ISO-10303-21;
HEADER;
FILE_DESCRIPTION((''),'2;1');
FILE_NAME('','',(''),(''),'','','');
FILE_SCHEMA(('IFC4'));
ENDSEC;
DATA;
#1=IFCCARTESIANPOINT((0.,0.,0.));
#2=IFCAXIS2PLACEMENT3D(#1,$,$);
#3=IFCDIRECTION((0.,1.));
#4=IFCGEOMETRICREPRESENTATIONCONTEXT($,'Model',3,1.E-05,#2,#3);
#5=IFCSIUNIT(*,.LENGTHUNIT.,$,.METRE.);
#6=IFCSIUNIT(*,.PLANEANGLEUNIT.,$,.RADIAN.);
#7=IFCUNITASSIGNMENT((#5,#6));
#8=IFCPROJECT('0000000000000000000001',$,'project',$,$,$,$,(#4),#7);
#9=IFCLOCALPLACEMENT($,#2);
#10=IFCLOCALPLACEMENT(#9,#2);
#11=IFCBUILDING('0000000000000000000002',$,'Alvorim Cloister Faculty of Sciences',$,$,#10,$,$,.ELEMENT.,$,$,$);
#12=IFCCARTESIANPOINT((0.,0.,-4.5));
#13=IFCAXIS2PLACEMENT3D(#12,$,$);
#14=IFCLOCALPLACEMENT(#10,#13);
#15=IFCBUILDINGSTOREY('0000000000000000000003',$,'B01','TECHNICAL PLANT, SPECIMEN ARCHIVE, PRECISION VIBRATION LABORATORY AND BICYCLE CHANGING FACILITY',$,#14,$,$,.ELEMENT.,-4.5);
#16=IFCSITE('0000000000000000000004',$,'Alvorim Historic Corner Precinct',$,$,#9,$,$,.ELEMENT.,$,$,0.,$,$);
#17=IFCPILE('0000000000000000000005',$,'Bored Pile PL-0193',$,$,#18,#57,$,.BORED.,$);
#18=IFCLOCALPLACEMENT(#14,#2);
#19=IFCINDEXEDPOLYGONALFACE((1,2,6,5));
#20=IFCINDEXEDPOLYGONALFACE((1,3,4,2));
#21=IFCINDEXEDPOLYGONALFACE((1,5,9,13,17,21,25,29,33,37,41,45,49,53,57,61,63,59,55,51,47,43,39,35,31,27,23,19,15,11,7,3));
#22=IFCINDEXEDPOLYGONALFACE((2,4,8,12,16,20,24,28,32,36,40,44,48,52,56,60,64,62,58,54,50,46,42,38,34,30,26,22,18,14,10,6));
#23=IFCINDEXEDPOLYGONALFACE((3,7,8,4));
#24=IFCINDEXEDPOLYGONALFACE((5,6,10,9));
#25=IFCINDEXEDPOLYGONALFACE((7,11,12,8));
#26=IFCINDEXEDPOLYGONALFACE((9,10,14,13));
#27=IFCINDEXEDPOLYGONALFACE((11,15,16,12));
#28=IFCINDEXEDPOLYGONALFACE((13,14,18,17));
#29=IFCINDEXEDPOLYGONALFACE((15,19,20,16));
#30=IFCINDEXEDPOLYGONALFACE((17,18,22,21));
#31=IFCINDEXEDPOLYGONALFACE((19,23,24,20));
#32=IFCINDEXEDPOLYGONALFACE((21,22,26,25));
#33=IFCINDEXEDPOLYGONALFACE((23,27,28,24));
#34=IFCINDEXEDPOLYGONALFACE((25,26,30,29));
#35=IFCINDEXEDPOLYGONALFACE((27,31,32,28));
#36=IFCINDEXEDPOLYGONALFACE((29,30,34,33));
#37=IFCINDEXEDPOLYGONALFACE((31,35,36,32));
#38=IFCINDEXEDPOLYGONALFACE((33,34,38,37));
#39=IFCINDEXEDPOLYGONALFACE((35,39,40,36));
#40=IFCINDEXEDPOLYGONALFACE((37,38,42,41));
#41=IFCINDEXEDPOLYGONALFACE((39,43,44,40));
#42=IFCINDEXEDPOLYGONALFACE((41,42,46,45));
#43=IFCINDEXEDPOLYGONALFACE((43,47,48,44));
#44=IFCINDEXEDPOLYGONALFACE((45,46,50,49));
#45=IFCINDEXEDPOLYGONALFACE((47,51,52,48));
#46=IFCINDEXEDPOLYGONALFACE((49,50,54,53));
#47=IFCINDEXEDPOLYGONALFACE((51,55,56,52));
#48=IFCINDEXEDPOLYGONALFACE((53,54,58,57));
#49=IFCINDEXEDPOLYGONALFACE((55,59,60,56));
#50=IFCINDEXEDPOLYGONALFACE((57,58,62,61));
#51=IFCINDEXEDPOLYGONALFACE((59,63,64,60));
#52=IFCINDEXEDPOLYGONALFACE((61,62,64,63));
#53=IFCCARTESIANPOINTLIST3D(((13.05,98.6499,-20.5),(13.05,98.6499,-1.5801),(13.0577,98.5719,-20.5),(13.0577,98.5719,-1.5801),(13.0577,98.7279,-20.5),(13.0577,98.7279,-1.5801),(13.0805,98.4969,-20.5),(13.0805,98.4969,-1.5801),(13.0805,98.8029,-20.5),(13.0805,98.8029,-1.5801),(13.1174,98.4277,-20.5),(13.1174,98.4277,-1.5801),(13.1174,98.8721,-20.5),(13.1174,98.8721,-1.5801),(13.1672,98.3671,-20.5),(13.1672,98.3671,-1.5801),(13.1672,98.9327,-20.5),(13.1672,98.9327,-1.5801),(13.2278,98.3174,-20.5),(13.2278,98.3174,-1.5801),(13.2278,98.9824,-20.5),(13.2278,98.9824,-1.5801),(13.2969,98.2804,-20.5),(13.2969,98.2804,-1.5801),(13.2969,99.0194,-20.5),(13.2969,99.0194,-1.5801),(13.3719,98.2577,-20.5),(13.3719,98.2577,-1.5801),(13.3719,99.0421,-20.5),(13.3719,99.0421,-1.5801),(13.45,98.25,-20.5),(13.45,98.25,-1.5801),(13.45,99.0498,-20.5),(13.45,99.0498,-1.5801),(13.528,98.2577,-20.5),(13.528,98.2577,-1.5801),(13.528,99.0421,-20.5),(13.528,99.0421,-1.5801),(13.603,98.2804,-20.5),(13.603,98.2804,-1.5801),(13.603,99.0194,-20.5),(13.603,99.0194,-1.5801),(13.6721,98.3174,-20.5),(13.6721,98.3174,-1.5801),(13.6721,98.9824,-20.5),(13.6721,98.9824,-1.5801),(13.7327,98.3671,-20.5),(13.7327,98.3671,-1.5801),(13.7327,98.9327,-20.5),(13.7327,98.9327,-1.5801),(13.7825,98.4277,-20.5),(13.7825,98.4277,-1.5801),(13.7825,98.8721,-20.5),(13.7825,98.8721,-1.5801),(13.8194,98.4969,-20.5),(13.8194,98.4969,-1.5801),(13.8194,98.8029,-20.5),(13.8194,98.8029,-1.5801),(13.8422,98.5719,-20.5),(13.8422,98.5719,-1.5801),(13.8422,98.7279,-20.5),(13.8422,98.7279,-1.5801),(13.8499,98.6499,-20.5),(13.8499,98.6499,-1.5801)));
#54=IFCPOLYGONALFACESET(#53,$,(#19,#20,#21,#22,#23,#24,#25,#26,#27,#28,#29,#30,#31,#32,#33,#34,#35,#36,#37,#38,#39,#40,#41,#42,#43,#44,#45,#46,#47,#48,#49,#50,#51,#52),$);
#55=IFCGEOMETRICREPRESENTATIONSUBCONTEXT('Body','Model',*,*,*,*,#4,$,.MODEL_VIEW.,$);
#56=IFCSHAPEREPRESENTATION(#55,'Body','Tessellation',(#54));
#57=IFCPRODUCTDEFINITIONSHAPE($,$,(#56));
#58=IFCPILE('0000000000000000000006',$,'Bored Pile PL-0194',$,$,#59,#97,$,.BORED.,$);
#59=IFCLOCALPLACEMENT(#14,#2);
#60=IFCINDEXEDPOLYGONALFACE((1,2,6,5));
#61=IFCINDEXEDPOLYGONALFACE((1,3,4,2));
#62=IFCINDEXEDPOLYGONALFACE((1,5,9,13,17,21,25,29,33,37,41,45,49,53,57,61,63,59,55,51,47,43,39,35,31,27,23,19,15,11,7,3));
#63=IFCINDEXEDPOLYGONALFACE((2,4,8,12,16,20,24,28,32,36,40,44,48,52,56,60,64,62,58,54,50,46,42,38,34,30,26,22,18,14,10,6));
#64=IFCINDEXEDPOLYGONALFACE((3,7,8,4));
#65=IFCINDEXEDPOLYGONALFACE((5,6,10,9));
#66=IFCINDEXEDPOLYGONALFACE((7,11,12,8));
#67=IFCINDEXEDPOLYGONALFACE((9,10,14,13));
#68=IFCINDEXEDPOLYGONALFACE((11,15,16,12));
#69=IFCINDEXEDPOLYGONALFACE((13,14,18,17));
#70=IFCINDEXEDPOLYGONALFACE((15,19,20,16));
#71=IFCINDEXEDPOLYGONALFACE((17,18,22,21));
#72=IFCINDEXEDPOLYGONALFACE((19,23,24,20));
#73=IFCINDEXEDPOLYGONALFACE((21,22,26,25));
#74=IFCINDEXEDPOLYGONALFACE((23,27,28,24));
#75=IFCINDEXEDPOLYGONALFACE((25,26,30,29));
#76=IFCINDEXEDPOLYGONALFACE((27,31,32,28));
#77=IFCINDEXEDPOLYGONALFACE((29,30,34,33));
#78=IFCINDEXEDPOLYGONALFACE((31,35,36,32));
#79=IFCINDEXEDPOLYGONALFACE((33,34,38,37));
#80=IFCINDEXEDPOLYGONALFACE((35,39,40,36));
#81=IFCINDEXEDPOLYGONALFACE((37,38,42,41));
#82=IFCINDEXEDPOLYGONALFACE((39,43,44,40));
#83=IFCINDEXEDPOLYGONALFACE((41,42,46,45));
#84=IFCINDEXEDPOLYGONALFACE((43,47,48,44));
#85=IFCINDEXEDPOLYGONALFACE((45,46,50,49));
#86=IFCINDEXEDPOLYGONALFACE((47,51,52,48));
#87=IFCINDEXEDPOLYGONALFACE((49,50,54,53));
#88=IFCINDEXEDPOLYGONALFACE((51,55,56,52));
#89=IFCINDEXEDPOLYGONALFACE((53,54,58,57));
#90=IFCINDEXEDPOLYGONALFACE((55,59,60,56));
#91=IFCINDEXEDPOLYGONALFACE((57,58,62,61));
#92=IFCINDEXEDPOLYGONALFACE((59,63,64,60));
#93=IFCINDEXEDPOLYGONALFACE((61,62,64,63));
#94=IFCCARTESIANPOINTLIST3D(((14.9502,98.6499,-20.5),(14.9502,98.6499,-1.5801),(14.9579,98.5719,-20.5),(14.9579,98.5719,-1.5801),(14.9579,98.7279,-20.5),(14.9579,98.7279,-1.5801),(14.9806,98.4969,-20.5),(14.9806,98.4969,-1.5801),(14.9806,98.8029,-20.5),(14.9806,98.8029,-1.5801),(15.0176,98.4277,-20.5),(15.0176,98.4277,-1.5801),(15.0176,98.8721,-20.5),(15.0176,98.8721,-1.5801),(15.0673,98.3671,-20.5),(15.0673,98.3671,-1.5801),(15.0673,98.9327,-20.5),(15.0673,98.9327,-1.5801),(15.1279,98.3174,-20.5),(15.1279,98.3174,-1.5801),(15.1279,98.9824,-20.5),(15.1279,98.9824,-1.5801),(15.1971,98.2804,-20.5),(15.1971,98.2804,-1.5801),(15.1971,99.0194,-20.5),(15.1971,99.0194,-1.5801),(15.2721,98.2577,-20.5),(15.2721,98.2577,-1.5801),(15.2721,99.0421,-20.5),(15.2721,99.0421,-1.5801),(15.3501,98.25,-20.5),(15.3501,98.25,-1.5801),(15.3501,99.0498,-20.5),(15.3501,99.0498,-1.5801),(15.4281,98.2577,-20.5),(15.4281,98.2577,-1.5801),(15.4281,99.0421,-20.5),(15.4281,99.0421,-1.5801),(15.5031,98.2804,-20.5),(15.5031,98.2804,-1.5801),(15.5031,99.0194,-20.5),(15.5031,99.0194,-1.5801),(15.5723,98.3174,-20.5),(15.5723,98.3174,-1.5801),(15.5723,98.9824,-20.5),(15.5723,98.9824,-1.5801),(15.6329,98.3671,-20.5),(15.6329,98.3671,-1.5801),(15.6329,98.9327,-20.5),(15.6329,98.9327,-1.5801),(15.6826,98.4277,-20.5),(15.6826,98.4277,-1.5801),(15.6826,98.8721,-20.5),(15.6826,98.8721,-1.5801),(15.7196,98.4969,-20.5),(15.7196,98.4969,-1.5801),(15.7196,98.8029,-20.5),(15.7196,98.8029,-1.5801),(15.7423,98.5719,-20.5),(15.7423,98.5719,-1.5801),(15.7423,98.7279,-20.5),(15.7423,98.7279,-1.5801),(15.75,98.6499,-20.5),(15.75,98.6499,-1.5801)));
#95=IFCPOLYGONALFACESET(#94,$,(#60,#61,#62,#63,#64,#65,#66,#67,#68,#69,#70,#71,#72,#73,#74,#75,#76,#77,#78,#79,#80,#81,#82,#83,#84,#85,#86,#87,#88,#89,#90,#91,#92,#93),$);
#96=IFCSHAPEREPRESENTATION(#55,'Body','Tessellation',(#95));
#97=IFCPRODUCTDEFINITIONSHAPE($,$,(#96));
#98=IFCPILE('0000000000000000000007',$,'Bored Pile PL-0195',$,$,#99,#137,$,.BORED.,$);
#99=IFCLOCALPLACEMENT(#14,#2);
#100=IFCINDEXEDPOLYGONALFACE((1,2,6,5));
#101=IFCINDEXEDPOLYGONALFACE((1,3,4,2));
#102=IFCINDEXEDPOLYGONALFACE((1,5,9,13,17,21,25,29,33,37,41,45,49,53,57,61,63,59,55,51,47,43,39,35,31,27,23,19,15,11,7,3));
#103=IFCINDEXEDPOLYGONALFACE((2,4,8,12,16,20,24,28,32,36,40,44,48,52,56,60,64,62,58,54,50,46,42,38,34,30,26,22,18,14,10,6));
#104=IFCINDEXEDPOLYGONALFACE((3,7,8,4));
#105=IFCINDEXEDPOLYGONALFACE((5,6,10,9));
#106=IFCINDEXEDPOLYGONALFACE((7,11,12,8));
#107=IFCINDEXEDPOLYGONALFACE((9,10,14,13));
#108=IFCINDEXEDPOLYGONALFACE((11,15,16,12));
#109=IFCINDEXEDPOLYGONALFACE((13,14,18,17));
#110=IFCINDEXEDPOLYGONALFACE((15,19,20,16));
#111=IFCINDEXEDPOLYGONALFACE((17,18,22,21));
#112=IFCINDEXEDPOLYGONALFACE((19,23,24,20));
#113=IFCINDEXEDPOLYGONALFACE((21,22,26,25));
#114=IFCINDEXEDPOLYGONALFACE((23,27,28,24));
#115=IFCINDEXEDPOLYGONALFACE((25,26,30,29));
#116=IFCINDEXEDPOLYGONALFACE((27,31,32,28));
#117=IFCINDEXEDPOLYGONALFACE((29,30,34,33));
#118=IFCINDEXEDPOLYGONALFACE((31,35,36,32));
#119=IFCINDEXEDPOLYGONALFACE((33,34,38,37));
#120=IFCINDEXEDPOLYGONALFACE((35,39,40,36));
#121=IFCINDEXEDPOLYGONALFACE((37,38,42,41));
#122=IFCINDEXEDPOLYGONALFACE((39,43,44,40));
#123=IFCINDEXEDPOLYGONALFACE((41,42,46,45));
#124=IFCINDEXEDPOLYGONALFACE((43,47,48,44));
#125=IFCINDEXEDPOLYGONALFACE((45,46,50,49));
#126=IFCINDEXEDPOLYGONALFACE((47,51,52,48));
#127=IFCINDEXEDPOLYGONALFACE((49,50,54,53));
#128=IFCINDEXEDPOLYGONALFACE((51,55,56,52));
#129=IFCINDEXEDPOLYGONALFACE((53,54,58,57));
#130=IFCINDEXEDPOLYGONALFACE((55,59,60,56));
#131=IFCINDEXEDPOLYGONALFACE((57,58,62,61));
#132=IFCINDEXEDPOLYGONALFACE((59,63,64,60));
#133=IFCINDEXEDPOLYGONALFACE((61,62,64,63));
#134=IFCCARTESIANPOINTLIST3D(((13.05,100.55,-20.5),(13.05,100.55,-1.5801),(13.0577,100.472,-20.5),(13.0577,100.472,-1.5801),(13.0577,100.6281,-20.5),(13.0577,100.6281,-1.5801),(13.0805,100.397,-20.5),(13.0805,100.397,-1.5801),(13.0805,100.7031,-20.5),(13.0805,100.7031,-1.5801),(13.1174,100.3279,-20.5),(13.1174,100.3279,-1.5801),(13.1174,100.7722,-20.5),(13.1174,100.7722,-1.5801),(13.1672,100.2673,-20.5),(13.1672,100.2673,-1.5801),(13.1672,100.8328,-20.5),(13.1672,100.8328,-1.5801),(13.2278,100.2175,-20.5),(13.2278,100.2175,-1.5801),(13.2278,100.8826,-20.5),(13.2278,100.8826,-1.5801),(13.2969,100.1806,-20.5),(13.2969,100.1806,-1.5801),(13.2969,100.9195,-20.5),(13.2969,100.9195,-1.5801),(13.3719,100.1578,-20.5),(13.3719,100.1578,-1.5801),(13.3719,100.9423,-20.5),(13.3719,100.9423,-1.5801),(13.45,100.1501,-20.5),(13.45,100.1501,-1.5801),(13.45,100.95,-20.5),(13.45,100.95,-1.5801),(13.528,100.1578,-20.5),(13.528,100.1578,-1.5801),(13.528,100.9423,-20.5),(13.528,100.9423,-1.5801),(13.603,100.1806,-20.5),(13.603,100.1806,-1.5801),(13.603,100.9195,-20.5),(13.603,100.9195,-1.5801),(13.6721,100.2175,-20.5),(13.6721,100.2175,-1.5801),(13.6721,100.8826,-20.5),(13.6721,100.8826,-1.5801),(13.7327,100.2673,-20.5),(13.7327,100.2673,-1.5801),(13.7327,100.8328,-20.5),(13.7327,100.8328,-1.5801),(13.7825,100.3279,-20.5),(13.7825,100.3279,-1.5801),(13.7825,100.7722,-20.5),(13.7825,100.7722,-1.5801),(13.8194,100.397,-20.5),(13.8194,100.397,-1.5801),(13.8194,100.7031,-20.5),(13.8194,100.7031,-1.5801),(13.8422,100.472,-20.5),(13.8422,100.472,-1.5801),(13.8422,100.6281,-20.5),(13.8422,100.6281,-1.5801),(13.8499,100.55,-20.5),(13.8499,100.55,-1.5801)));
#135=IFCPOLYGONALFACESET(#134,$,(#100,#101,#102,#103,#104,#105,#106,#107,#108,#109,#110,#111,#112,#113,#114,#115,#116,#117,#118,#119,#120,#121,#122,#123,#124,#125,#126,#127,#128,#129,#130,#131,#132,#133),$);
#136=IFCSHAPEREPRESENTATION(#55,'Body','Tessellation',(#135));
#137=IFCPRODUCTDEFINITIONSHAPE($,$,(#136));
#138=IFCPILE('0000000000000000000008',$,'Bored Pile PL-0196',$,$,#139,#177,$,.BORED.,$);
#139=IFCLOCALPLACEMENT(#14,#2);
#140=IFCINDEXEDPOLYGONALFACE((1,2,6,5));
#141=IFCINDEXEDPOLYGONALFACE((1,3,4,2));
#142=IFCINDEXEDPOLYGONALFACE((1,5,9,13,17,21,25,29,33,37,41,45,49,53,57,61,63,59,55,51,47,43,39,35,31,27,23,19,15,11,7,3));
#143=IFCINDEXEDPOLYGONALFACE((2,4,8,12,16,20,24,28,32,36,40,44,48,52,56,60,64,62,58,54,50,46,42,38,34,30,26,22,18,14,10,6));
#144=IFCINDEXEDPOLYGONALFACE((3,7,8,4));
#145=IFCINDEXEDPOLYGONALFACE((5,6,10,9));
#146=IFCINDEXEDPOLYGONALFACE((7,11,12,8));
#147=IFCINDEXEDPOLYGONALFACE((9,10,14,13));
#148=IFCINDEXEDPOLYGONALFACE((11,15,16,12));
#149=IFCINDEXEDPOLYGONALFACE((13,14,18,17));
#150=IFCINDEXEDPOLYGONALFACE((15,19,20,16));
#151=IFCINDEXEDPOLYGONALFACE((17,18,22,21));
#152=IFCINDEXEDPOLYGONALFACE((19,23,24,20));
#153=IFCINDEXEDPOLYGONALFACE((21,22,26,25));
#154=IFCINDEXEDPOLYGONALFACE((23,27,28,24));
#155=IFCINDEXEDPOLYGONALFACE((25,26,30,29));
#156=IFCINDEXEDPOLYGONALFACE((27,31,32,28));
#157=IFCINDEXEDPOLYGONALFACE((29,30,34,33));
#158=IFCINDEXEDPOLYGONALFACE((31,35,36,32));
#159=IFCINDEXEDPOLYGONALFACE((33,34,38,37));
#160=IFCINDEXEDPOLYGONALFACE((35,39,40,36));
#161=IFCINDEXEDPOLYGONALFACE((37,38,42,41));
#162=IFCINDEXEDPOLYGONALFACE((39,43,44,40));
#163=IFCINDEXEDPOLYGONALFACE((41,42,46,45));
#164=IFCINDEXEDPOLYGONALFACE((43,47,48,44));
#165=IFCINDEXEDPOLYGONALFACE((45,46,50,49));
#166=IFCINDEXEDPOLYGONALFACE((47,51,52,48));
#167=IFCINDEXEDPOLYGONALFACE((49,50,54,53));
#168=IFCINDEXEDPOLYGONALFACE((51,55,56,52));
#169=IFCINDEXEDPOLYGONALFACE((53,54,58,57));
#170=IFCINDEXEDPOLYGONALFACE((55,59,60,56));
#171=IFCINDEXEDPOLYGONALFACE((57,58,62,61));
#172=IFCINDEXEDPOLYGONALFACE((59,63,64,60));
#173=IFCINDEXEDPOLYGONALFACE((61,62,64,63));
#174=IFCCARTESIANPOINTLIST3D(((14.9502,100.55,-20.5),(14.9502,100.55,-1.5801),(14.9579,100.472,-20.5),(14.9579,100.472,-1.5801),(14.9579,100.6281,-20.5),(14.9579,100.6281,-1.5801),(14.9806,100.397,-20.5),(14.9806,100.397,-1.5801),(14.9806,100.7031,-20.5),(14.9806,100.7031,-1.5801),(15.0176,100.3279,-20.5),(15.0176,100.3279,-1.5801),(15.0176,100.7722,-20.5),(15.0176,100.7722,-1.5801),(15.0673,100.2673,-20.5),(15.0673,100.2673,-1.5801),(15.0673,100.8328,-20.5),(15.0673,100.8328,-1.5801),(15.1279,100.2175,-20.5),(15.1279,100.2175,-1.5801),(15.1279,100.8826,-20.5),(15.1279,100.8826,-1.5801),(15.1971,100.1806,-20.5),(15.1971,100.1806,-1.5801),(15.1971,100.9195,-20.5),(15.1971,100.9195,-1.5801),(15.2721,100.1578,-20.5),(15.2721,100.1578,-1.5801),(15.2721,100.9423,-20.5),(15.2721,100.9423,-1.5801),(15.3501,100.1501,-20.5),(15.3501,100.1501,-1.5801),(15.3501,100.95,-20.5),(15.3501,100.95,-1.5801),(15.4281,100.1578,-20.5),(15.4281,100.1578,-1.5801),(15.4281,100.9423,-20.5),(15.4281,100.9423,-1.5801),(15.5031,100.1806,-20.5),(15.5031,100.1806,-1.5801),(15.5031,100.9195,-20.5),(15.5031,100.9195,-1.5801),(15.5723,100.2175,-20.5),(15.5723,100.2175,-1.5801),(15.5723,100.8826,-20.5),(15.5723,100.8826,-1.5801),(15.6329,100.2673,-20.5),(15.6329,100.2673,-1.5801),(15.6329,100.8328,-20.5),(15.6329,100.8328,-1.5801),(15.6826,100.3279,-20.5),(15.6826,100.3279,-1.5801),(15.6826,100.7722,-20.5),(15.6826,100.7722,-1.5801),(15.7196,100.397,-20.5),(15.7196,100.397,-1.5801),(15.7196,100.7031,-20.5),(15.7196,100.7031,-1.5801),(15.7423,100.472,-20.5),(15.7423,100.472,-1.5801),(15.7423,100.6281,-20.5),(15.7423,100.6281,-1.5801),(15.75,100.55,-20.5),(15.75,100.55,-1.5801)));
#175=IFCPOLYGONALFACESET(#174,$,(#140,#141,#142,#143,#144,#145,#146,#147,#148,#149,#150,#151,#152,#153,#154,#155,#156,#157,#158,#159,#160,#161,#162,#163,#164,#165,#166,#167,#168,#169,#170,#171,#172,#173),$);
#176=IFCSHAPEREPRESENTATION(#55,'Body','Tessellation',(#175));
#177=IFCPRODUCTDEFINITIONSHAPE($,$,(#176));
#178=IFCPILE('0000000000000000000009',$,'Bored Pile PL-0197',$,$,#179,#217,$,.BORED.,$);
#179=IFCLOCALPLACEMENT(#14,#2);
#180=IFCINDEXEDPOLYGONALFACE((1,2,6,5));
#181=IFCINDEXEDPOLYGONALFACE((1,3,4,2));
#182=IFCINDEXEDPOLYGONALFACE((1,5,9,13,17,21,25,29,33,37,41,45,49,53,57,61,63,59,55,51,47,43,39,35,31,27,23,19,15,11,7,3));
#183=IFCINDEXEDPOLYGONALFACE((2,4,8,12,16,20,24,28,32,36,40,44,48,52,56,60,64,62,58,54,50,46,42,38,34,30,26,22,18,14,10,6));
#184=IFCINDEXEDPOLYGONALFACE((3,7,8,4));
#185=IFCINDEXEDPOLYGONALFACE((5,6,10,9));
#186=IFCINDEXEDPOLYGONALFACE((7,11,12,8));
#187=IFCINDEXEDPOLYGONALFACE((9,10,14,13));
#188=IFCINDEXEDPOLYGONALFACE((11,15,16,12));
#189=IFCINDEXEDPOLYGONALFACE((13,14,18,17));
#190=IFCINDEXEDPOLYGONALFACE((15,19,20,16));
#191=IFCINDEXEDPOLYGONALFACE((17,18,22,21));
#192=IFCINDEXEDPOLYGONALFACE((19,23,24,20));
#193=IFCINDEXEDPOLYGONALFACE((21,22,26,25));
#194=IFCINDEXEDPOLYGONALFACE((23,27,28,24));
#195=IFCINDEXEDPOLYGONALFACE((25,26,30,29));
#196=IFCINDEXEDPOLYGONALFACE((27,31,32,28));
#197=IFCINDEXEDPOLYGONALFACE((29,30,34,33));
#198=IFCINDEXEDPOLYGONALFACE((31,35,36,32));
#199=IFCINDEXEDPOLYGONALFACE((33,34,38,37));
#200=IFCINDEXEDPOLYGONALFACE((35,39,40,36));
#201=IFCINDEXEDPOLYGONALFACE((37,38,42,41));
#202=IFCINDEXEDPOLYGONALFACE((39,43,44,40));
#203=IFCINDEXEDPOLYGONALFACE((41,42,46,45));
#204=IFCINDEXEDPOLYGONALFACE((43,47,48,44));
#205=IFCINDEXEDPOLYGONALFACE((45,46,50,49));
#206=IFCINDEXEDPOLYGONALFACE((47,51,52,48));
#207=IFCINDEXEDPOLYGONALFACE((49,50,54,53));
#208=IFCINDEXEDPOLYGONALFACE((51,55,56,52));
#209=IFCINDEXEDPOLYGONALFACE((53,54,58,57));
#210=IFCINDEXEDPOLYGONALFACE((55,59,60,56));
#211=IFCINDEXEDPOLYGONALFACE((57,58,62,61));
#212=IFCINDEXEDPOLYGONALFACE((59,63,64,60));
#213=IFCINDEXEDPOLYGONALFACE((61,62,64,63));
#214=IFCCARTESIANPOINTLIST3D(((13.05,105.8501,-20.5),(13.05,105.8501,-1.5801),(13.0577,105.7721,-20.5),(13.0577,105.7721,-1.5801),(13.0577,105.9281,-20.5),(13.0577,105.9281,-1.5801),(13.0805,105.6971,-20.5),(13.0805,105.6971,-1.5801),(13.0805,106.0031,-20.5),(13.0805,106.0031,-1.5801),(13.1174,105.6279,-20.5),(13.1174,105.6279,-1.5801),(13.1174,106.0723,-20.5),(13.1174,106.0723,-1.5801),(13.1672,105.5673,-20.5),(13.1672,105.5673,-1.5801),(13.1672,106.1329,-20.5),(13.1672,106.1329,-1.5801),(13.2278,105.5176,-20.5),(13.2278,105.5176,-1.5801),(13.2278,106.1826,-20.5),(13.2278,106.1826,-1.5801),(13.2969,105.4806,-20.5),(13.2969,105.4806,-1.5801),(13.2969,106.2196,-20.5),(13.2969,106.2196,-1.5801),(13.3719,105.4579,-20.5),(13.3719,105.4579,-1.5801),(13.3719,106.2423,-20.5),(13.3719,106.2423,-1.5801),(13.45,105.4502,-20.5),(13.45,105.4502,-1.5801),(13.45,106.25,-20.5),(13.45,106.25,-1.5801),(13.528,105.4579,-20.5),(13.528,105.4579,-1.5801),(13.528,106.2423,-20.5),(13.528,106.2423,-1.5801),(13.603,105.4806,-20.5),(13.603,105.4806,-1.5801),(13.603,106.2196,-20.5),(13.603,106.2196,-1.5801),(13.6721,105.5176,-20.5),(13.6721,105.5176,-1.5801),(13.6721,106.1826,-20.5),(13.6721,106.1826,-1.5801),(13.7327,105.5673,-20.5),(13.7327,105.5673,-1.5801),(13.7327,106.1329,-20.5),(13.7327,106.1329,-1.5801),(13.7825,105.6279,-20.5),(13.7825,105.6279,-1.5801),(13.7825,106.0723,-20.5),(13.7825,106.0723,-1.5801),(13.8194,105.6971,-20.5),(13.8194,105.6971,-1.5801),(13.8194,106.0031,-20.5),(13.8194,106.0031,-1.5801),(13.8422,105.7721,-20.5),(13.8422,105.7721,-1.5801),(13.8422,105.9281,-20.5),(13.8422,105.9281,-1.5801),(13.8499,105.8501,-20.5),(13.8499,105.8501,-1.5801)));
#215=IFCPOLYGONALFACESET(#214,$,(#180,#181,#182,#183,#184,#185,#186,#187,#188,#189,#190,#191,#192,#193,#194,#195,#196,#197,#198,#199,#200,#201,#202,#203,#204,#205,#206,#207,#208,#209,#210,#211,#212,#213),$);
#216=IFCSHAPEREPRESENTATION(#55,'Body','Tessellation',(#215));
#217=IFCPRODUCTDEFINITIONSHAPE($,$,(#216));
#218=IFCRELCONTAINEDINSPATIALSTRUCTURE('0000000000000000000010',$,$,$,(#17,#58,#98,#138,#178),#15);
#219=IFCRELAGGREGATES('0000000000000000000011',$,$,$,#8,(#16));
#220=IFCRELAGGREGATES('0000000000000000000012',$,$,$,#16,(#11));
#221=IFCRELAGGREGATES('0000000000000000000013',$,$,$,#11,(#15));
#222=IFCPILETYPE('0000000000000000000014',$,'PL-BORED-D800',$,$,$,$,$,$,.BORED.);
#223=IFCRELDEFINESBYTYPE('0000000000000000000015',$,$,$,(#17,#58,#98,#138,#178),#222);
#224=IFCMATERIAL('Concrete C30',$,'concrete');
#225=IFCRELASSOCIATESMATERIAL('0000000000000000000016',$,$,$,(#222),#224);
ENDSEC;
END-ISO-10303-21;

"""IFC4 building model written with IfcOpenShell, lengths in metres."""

from ifc_helpers import new_model, si_unit, direction, frame, origin, origin_2d, place, context, subcontext, project, spatial, circle, extrude, material, material_profile, profile_set, type_object, element, save


model = new_model("IFC4")

# Units and contexts
model_context = context("Model", 3, precision=1e-05, world=origin(), true_north=direction((0.0, 1.0)))
body_context = subcontext(model_context, "Body", "Model", "MODEL_VIEW")
ifc_project = project(units=[si_unit("LENGTHUNIT", "METRE"), si_unit("PLANEANGLEUNIT", "RADIAN")], contexts=[model_context])

# Site, building, storey
site_placement = place(None, origin())
site = spatial("IfcSite", under=ifc_project, at=site_placement, Name="Alvorim Historic Corner Precinct", CompositionType="ELEMENT", RefElevation=0.0)
building_placement = place(site_placement, origin())
building = spatial("IfcBuilding", under=site, at=building_placement, Name="Alvorim Cloister Faculty of Sciences", CompositionType="ELEMENT")
storey_placement = place(building_placement, frame((0.0, 0.0, -4.5)))
storey = spatial("IfcBuildingStorey", under=building, at=storey_placement, Name="B01", Description="TECHNICAL PLANT, SPECIMEN ARCHIVE, PRECISION VIBRATION LABORATORY AND BICYCLE CHANGING FACILITY", CompositionType="ELEMENT", Elevation=-4.5)

# Piles
ifc_material_1 = material(Name="Concrete C30", Category="concrete")
ifc_material_profile_1 = material_profile(ifc_material_1, circle(Radius=0.3999, at=origin_2d()), Name="PILE-D800")
ifc_profile_set_1 = profile_set([ifc_material_profile_1], Name="Concrete C30")
pile_type = type_object("IfcPileType", Name="PL-BORED-D800", PredefinedType="BORED", material=ifc_profile_set_1)
for number, where, z_axis, x_axis, name in (
    (1, (13.45, 98.6499, -1.5801), (0.0, 0.0, -1.0), (1.0, 0.0, 0.0), "Bored Pile PL-0193"),
    (2, (15.3501, 98.6499, -1.5801), (0.0, 0.0, -1.0), (1.0, 0.0, 0.0), "Bored Pile PL-0194"),
    (3, (13.45, 100.55, -1.5801), (0.0, 0.0, -1.0), (1.0, 0.0, 0.0), "Bored Pile PL-0195"),
    (4, (15.3501, 100.55, -1.5801), (0.0, 0.0, -1.0), (1.0, 0.0, 0.0), "Bored Pile PL-0196"),
    (5, (13.45, 105.8501, -1.5801), (0.0, 0.0, -1.0), (1.0, 0.0, 0.0), "Bored Pile PL-0197"),
):
    element("IfcPile", number, at=place(storey_placement, frame(where, z_axis=z_axis, x_axis=x_axis)), inside=storey, type_object=pile_type, Name=name, PredefinedType="BORED", context=body_context, shape_type="SweptSolid", body=[
        extrude(circle(Radius=0.3999, at=origin_2d()), origin(), (0.0, 0.0, 1.0), 18.9199),
    ])

save(model, "model.ifc")
